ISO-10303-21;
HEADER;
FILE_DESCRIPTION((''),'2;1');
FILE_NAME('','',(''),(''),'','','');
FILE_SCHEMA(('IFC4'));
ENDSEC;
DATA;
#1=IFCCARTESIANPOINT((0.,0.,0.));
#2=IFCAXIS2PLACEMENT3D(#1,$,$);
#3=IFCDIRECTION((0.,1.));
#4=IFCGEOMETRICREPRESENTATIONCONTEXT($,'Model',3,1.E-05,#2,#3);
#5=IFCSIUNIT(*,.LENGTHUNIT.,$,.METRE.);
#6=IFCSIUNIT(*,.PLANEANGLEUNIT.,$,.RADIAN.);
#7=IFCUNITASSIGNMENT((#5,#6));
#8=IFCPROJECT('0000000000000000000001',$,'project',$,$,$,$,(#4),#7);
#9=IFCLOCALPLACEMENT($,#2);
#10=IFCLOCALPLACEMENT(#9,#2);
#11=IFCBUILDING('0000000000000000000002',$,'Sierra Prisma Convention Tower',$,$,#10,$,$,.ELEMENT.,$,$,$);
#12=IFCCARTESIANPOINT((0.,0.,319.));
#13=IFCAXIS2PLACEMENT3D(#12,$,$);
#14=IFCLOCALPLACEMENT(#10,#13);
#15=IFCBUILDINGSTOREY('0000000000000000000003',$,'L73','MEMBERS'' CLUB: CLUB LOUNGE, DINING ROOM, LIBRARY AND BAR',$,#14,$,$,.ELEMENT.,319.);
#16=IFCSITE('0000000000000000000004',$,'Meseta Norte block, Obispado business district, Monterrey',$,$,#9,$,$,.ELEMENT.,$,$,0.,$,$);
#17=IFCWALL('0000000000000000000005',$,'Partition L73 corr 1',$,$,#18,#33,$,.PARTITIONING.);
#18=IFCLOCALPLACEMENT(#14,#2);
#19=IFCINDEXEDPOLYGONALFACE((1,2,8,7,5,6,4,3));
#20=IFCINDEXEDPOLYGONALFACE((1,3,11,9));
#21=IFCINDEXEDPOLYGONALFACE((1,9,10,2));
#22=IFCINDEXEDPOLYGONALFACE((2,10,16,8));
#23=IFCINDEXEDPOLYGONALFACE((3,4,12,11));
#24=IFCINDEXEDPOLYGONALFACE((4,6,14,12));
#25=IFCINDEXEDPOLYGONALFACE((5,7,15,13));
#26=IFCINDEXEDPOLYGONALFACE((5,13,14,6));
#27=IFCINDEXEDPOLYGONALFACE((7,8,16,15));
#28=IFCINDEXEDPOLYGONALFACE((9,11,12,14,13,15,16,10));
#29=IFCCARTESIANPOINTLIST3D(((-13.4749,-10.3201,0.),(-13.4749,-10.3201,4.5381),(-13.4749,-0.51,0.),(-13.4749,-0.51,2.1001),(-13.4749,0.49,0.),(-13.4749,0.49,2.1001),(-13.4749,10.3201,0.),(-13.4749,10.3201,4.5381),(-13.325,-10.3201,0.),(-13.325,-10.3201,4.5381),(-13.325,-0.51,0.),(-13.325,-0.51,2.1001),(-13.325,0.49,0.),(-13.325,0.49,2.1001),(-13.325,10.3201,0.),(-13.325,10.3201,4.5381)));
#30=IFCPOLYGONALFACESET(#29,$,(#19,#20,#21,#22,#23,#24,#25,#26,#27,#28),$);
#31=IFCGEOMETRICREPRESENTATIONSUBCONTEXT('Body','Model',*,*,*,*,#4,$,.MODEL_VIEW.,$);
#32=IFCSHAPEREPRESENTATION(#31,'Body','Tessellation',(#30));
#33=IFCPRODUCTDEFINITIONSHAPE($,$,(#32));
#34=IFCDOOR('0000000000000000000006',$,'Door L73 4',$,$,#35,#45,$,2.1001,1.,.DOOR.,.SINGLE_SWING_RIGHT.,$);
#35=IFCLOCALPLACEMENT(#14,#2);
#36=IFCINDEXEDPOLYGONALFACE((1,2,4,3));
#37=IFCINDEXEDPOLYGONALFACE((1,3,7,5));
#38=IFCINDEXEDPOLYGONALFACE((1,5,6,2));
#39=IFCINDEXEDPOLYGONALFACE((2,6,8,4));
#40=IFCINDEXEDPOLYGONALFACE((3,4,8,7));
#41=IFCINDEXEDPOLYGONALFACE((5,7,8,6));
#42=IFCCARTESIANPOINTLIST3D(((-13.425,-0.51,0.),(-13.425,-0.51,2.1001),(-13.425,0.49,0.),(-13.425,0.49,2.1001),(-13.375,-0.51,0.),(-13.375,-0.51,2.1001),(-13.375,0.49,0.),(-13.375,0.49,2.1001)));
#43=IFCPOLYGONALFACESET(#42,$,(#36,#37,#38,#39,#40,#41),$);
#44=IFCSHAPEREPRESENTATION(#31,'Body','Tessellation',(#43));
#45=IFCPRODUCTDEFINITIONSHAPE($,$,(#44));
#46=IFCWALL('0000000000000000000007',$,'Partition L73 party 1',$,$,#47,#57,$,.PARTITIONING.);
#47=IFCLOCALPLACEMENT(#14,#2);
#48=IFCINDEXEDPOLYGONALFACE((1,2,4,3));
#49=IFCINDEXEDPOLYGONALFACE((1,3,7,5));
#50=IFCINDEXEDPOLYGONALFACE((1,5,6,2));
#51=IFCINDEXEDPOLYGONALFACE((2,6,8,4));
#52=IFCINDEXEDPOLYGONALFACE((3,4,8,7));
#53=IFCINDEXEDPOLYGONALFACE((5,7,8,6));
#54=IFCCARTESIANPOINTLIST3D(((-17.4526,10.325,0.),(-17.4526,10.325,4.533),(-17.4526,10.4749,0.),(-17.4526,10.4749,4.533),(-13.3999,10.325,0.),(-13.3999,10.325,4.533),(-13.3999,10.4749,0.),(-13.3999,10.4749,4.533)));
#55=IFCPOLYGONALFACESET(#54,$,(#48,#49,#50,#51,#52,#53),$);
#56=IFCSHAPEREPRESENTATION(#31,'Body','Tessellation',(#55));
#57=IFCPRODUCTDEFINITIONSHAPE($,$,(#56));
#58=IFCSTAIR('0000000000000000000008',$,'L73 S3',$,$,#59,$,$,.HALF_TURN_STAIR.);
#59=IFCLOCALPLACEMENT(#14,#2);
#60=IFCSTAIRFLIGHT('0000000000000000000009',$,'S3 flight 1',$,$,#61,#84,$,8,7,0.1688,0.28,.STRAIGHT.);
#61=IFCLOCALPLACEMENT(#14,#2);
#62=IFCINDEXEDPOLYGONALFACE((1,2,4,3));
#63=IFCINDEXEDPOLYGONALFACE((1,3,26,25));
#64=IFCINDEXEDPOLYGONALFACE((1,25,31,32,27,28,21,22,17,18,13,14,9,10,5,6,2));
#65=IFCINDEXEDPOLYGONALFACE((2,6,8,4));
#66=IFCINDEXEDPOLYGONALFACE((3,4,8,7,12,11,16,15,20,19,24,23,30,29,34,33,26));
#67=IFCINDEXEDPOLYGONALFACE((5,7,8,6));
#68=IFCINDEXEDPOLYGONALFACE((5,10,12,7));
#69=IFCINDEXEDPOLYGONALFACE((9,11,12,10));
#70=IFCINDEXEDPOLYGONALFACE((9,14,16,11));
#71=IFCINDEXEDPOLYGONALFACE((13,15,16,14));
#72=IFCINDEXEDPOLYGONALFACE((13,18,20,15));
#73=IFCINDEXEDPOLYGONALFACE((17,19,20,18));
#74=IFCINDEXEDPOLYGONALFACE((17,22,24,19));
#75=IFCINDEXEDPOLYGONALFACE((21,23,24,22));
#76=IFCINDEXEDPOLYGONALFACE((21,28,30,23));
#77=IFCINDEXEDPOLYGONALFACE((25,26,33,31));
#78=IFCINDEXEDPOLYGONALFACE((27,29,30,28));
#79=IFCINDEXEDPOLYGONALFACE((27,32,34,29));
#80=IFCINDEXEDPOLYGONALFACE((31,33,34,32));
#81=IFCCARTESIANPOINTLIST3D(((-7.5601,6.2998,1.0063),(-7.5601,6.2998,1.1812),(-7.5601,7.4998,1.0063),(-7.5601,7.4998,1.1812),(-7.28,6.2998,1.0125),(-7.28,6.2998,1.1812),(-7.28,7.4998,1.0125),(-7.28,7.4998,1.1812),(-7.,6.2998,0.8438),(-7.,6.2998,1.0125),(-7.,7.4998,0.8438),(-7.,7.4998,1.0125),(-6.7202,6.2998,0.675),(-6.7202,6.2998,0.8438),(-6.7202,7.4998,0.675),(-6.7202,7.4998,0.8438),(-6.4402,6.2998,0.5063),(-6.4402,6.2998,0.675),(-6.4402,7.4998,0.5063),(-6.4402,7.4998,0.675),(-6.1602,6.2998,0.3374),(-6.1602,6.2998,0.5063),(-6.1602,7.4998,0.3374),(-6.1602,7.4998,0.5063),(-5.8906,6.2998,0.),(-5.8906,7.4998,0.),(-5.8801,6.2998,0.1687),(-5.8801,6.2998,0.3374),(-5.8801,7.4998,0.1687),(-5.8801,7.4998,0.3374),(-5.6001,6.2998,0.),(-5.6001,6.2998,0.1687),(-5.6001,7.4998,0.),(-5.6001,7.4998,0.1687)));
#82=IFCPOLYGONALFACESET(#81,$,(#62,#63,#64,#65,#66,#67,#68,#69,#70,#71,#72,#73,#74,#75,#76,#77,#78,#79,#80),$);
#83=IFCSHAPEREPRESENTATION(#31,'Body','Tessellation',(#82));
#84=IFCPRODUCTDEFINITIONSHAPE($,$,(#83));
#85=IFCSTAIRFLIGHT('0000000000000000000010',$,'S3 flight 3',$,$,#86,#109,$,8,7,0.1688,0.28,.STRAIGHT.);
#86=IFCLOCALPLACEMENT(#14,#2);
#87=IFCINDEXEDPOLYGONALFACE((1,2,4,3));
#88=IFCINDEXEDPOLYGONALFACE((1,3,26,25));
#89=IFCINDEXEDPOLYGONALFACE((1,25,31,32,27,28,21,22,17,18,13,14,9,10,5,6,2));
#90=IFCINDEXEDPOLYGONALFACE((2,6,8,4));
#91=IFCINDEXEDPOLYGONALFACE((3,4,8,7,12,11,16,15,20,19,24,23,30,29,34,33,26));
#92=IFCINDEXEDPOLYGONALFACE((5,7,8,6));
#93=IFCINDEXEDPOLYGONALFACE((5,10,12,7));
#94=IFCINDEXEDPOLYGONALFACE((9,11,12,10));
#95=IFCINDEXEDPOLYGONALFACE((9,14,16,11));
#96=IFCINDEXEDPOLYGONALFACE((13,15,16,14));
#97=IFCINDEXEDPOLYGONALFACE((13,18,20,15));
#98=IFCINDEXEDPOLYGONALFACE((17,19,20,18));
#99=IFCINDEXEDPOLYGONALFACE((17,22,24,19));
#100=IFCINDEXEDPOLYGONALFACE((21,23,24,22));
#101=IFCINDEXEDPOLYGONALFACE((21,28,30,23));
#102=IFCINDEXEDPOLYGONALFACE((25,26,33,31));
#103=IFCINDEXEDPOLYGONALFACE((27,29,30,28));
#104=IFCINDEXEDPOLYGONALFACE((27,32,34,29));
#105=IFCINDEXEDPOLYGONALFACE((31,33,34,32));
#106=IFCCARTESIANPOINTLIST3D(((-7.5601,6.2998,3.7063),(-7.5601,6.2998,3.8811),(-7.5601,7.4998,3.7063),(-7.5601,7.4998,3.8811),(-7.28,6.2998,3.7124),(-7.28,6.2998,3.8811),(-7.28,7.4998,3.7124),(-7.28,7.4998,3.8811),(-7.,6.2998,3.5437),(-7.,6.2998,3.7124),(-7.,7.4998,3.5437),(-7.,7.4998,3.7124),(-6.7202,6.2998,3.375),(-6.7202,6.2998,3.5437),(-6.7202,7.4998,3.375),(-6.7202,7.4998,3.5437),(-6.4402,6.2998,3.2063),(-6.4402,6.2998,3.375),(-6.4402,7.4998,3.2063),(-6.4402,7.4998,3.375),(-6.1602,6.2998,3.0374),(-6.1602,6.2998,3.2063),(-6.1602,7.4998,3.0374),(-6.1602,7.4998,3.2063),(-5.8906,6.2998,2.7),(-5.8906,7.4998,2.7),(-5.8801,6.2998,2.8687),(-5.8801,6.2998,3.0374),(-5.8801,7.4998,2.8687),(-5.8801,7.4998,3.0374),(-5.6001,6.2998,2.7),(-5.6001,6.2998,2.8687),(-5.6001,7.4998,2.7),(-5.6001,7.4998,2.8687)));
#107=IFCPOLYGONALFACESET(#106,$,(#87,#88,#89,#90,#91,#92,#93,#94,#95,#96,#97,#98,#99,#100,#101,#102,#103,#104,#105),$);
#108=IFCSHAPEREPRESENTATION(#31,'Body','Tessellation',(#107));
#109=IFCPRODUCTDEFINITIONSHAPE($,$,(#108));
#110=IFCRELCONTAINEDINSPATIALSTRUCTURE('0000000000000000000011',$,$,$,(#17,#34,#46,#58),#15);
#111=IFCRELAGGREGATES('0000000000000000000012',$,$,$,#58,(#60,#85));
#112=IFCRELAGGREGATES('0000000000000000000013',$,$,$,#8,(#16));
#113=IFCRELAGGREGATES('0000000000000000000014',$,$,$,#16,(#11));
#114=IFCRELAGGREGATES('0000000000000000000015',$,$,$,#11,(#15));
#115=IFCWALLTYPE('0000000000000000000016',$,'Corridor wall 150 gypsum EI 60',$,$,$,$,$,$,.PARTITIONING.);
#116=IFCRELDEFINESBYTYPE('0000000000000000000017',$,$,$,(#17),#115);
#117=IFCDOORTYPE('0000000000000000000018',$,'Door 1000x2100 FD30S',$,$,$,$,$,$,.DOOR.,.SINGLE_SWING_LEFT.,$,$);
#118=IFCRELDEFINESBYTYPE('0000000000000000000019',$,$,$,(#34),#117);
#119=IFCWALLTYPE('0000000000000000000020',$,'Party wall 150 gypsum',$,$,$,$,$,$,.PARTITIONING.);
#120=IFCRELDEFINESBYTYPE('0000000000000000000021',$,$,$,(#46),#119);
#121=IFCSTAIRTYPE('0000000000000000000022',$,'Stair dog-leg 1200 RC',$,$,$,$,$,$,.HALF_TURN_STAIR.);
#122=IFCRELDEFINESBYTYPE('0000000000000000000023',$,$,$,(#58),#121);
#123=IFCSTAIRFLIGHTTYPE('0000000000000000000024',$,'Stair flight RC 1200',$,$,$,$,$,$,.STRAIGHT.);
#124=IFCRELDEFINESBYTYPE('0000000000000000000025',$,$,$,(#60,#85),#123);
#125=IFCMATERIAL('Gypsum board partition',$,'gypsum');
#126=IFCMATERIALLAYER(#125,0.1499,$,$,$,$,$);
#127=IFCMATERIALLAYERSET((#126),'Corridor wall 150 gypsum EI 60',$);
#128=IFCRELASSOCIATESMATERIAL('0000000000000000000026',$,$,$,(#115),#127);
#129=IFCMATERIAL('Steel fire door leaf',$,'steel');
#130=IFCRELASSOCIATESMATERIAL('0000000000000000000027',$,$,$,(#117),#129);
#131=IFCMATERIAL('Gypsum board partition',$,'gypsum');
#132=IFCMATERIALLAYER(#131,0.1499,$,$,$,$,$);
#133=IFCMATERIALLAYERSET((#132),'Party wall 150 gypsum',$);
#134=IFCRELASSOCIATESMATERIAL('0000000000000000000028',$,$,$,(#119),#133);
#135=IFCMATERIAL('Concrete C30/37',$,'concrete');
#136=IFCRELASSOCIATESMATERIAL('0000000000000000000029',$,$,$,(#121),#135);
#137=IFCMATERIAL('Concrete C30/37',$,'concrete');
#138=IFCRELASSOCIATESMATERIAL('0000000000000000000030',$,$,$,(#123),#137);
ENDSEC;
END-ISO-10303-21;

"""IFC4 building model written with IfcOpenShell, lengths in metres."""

from ifc_helpers import new_model, si_unit, direction, frame, frame_2d, origin, place, context, subcontext, project, spatial, polyline, rectangle, outline, extrude, material, layer, layer_set, type_object, element, fill, aggregate, save


model = new_model("IFC4")

# Units and contexts
model_context = context("Model", 3, precision=1e-05, world=origin(), true_north=direction((0.0, 1.0)))
body_context = subcontext(model_context, "Body", "Model", "MODEL_VIEW")
ifc_project = project(units=[si_unit("LENGTHUNIT", "METRE"), si_unit("PLANEANGLEUNIT", "RADIAN")], contexts=[model_context])

# Site, building, storey
site_placement = place(None, origin())
site = spatial("IfcSite", under=ifc_project, at=site_placement, Name="Meseta Norte block, Obispado business district, Monterrey", CompositionType="ELEMENT", RefElevation=0.0)
building_placement = place(site_placement, origin())
building = spatial("IfcBuilding", under=site, at=building_placement, Name="Sierra Prisma Convention Tower", CompositionType="ELEMENT")
storey_placement = place(building_placement, frame((0.0, 0.0, 319.0)))
storey = spatial("IfcBuildingStorey", under=building, at=storey_placement, Name="L73", Description="MEMBERS' CLUB: CLUB LOUNGE, DINING ROOM, LIBRARY AND BAR", CompositionType="ELEMENT", Elevation=319.0)

# Wall, opening, door
ifc_material_1 = material(Name="Gypsum board partition", Category="gypsum")
ifc_layer_1 = layer(ifc_material_1, 0.1499)
ifc_layer_set_1 = layer_set([ifc_layer_1], Name="Corridor wall 150 gypsum EI 60")
wall_type_1 = type_object("IfcWallType", Name="Corridor wall 150 gypsum EI 60", PredefinedType="PARTITIONING", material=ifc_layer_set_1)
wall_1_placement = place(storey_placement, frame((-13.3999, 10.3201, 0.0), z_axis=(0.0, 0.0, 1.0), x_axis=(0.0, -1.0, 0.0)))
wall_1 = element("IfcWall", 1, at=wall_1_placement, inside=storey, type_object=wall_type_1, Name="Partition L73 corr 1", PredefinedType="PARTITIONING", context=body_context, shape_type="SweptSolid", body=[
    extrude(rectangle(XDim=20.6401, YDim=0.1499, at=frame_2d((10.3201, 0.0))), origin(), (0.0, 0.0, 1.0), 4.5381),
])
opening_1_placement = place(wall_1_placement, frame((9.8301, 0.0, 0.0)))
opening_1 = element("IfcOpeningElement", 2, at=opening_1_placement, cuts=wall_1, PredefinedType="OPENING", context=body_context, shape_type="SweptSolid", body=[
    extrude(rectangle(XDim=1.0, YDim=2.1001, at=frame_2d((0.5, 1.05))), frame((0.0, 0.075, 0.0), z_axis=(0.0, -1.0, 0.0), x_axis=(1.0, 0.0, 0.0)), (0.0, 0.0, 1.0), 0.1499),
])
ifc_material_2 = material(Name="Steel fire door leaf", Category="steel")
door_type_1 = type_object("IfcDoorType", Name="Door 1000x2100 FD30S", OperationType="SINGLE_SWING_LEFT", PredefinedType="DOOR", material=ifc_material_2)
door_1_placement = place(opening_1_placement, origin())
door_1 = element("IfcDoor", 3, at=door_1_placement, inside=storey, type_object=door_type_1, Name="Door L73 4", OperationType="SINGLE_SWING_RIGHT", OverallHeight=2.1001, OverallWidth=1.0, PredefinedType="DOOR", context=body_context, shape_type="SweptSolid", body=[
    extrude(rectangle(XDim=1.0, YDim=2.1001, at=frame_2d((0.5, 1.05))), frame((0.0, 0.0249, 0.0), z_axis=(0.0, -1.0, 0.0), x_axis=(1.0, 0.0, 0.0)), (0.0, 0.0, 1.0), 0.05),
])
fill(opening_1, door_1)

# Wall
ifc_material_3 = material(Name="Gypsum board partition", Category="gypsum")
ifc_layer_2 = layer(ifc_material_3, 0.1499)
ifc_layer_set_2 = layer_set([ifc_layer_2], Name="Party wall 150 gypsum")
wall_type_2 = type_object("IfcWallType", Name="Party wall 150 gypsum", PredefinedType="PARTITIONING", material=ifc_layer_set_2)
wall_2_placement = place(storey_placement, frame((-13.3999, 10.3999, 0.0), z_axis=(0.0, 0.0, 1.0), x_axis=(-1.0, 0.0, 0.0)))
element("IfcWall", 4, at=wall_2_placement, inside=storey, type_object=wall_type_2, Name="Partition L73 party 1", PredefinedType="PARTITIONING", context=body_context, shape_type="SweptSolid", body=[
    extrude(rectangle(XDim=4.0527, YDim=0.1499, at=frame_2d((2.0264, 0.0))), origin(), (0.0, 0.0, 1.0), 4.533),
])

# Stair, stair flights
ifc_material_4 = material(Name="Concrete C30/37", Category="concrete")
stair_type = type_object("IfcStairType", Name="Stair dog-leg 1200 RC", PredefinedType="HALF_TURN_STAIR", material=ifc_material_4)
stair_placement = place(storey_placement, origin())
stair = element("IfcStair", 5, at=stair_placement, inside=storey, type_object=stair_type, Name="L73 S3", PredefinedType="HALF_TURN_STAIR")
ifc_material_5 = material(Name="Concrete C30/37", Category="concrete")
stair_flight_type = type_object("IfcStairFlightType", Name="Stair flight RC 1200", PredefinedType="STRAIGHT", material=ifc_material_5)
stair_flight_1_placement = place(storey_placement, frame((-5.6001, 6.8999, 0.0), z_axis=(0.0, 0.0, 1.0), x_axis=(-1.0, 0.0, 0.0)))
stair_flight_1 = element("IfcStairFlight", 6, at=stair_flight_1_placement, type_object=stair_flight_type, Name="S3 flight 1", NumberOfRisers=8, NumberOfTreads=7, PredefinedType="STRAIGHT", RiserHeight=0.1688, TreadLength=0.28, context=body_context, shape_type="SweptSolid", body=[
    extrude(outline(polyline([(0.0, 0.0), (0.0, 0.1687), (0.28, 0.1687), (0.28, 0.3374), (0.5601, 0.3374), (0.5601, 0.5063), (0.8401, 0.5063), (0.8401, 0.675), (1.1201, 0.675), (1.1201, 0.8438), (1.3999, 0.8438), (1.3999, 1.0125), (1.6799, 1.0125), (1.6799, 1.1812), (1.96, 1.1812), (1.96, 1.3501), (1.96, 1.0063), (0.2905, 0.0), (0.0, 0.0)])), frame((0.0, 0.6001, 0.0), z_axis=(0.0, -1.0, 0.0), x_axis=(1.0, 0.0, 0.0)), (0.0, 0.0, 1.0), 1.2),
])
stair_flight_2_placement = place(storey_placement, frame((-5.6001, 6.8999, 2.7), z_axis=(0.0, 0.0, 1.0), x_axis=(-1.0, 0.0, 0.0)))
stair_flight_2 = element("IfcStairFlight", 7, at=stair_flight_2_placement, type_object=stair_flight_type, Name="S3 flight 3", NumberOfRisers=8, NumberOfTreads=7, PredefinedType="STRAIGHT", RiserHeight=0.1688, TreadLength=0.28, context=body_context, shape_type="SweptSolid", body=[
    extrude(outline(polyline([(0.0, 0.0), (0.0, 0.1687), (0.28, 0.1687), (0.28, 0.3374), (0.5601, 0.3374), (0.5601, 0.5063), (0.8401, 0.5063), (0.8401, 0.675), (1.1201, 0.675), (1.1201, 0.8438), (1.3999, 0.8438), (1.3999, 1.0125), (1.6799, 1.0125), (1.6799, 1.1812), (1.96, 1.1812), (1.96, 1.3501), (1.96, 1.0063), (0.2905, 0.0), (0.0, 0.0)])), frame((0.0, 0.6001, 0.0), z_axis=(0.0, -1.0, 0.0), x_axis=(1.0, 0.0, 0.0)), (0.0, 0.0, 1.0), 1.2),
])
aggregate(stair, [stair_flight_1, stair_flight_2])

save(model, "model.ifc")
